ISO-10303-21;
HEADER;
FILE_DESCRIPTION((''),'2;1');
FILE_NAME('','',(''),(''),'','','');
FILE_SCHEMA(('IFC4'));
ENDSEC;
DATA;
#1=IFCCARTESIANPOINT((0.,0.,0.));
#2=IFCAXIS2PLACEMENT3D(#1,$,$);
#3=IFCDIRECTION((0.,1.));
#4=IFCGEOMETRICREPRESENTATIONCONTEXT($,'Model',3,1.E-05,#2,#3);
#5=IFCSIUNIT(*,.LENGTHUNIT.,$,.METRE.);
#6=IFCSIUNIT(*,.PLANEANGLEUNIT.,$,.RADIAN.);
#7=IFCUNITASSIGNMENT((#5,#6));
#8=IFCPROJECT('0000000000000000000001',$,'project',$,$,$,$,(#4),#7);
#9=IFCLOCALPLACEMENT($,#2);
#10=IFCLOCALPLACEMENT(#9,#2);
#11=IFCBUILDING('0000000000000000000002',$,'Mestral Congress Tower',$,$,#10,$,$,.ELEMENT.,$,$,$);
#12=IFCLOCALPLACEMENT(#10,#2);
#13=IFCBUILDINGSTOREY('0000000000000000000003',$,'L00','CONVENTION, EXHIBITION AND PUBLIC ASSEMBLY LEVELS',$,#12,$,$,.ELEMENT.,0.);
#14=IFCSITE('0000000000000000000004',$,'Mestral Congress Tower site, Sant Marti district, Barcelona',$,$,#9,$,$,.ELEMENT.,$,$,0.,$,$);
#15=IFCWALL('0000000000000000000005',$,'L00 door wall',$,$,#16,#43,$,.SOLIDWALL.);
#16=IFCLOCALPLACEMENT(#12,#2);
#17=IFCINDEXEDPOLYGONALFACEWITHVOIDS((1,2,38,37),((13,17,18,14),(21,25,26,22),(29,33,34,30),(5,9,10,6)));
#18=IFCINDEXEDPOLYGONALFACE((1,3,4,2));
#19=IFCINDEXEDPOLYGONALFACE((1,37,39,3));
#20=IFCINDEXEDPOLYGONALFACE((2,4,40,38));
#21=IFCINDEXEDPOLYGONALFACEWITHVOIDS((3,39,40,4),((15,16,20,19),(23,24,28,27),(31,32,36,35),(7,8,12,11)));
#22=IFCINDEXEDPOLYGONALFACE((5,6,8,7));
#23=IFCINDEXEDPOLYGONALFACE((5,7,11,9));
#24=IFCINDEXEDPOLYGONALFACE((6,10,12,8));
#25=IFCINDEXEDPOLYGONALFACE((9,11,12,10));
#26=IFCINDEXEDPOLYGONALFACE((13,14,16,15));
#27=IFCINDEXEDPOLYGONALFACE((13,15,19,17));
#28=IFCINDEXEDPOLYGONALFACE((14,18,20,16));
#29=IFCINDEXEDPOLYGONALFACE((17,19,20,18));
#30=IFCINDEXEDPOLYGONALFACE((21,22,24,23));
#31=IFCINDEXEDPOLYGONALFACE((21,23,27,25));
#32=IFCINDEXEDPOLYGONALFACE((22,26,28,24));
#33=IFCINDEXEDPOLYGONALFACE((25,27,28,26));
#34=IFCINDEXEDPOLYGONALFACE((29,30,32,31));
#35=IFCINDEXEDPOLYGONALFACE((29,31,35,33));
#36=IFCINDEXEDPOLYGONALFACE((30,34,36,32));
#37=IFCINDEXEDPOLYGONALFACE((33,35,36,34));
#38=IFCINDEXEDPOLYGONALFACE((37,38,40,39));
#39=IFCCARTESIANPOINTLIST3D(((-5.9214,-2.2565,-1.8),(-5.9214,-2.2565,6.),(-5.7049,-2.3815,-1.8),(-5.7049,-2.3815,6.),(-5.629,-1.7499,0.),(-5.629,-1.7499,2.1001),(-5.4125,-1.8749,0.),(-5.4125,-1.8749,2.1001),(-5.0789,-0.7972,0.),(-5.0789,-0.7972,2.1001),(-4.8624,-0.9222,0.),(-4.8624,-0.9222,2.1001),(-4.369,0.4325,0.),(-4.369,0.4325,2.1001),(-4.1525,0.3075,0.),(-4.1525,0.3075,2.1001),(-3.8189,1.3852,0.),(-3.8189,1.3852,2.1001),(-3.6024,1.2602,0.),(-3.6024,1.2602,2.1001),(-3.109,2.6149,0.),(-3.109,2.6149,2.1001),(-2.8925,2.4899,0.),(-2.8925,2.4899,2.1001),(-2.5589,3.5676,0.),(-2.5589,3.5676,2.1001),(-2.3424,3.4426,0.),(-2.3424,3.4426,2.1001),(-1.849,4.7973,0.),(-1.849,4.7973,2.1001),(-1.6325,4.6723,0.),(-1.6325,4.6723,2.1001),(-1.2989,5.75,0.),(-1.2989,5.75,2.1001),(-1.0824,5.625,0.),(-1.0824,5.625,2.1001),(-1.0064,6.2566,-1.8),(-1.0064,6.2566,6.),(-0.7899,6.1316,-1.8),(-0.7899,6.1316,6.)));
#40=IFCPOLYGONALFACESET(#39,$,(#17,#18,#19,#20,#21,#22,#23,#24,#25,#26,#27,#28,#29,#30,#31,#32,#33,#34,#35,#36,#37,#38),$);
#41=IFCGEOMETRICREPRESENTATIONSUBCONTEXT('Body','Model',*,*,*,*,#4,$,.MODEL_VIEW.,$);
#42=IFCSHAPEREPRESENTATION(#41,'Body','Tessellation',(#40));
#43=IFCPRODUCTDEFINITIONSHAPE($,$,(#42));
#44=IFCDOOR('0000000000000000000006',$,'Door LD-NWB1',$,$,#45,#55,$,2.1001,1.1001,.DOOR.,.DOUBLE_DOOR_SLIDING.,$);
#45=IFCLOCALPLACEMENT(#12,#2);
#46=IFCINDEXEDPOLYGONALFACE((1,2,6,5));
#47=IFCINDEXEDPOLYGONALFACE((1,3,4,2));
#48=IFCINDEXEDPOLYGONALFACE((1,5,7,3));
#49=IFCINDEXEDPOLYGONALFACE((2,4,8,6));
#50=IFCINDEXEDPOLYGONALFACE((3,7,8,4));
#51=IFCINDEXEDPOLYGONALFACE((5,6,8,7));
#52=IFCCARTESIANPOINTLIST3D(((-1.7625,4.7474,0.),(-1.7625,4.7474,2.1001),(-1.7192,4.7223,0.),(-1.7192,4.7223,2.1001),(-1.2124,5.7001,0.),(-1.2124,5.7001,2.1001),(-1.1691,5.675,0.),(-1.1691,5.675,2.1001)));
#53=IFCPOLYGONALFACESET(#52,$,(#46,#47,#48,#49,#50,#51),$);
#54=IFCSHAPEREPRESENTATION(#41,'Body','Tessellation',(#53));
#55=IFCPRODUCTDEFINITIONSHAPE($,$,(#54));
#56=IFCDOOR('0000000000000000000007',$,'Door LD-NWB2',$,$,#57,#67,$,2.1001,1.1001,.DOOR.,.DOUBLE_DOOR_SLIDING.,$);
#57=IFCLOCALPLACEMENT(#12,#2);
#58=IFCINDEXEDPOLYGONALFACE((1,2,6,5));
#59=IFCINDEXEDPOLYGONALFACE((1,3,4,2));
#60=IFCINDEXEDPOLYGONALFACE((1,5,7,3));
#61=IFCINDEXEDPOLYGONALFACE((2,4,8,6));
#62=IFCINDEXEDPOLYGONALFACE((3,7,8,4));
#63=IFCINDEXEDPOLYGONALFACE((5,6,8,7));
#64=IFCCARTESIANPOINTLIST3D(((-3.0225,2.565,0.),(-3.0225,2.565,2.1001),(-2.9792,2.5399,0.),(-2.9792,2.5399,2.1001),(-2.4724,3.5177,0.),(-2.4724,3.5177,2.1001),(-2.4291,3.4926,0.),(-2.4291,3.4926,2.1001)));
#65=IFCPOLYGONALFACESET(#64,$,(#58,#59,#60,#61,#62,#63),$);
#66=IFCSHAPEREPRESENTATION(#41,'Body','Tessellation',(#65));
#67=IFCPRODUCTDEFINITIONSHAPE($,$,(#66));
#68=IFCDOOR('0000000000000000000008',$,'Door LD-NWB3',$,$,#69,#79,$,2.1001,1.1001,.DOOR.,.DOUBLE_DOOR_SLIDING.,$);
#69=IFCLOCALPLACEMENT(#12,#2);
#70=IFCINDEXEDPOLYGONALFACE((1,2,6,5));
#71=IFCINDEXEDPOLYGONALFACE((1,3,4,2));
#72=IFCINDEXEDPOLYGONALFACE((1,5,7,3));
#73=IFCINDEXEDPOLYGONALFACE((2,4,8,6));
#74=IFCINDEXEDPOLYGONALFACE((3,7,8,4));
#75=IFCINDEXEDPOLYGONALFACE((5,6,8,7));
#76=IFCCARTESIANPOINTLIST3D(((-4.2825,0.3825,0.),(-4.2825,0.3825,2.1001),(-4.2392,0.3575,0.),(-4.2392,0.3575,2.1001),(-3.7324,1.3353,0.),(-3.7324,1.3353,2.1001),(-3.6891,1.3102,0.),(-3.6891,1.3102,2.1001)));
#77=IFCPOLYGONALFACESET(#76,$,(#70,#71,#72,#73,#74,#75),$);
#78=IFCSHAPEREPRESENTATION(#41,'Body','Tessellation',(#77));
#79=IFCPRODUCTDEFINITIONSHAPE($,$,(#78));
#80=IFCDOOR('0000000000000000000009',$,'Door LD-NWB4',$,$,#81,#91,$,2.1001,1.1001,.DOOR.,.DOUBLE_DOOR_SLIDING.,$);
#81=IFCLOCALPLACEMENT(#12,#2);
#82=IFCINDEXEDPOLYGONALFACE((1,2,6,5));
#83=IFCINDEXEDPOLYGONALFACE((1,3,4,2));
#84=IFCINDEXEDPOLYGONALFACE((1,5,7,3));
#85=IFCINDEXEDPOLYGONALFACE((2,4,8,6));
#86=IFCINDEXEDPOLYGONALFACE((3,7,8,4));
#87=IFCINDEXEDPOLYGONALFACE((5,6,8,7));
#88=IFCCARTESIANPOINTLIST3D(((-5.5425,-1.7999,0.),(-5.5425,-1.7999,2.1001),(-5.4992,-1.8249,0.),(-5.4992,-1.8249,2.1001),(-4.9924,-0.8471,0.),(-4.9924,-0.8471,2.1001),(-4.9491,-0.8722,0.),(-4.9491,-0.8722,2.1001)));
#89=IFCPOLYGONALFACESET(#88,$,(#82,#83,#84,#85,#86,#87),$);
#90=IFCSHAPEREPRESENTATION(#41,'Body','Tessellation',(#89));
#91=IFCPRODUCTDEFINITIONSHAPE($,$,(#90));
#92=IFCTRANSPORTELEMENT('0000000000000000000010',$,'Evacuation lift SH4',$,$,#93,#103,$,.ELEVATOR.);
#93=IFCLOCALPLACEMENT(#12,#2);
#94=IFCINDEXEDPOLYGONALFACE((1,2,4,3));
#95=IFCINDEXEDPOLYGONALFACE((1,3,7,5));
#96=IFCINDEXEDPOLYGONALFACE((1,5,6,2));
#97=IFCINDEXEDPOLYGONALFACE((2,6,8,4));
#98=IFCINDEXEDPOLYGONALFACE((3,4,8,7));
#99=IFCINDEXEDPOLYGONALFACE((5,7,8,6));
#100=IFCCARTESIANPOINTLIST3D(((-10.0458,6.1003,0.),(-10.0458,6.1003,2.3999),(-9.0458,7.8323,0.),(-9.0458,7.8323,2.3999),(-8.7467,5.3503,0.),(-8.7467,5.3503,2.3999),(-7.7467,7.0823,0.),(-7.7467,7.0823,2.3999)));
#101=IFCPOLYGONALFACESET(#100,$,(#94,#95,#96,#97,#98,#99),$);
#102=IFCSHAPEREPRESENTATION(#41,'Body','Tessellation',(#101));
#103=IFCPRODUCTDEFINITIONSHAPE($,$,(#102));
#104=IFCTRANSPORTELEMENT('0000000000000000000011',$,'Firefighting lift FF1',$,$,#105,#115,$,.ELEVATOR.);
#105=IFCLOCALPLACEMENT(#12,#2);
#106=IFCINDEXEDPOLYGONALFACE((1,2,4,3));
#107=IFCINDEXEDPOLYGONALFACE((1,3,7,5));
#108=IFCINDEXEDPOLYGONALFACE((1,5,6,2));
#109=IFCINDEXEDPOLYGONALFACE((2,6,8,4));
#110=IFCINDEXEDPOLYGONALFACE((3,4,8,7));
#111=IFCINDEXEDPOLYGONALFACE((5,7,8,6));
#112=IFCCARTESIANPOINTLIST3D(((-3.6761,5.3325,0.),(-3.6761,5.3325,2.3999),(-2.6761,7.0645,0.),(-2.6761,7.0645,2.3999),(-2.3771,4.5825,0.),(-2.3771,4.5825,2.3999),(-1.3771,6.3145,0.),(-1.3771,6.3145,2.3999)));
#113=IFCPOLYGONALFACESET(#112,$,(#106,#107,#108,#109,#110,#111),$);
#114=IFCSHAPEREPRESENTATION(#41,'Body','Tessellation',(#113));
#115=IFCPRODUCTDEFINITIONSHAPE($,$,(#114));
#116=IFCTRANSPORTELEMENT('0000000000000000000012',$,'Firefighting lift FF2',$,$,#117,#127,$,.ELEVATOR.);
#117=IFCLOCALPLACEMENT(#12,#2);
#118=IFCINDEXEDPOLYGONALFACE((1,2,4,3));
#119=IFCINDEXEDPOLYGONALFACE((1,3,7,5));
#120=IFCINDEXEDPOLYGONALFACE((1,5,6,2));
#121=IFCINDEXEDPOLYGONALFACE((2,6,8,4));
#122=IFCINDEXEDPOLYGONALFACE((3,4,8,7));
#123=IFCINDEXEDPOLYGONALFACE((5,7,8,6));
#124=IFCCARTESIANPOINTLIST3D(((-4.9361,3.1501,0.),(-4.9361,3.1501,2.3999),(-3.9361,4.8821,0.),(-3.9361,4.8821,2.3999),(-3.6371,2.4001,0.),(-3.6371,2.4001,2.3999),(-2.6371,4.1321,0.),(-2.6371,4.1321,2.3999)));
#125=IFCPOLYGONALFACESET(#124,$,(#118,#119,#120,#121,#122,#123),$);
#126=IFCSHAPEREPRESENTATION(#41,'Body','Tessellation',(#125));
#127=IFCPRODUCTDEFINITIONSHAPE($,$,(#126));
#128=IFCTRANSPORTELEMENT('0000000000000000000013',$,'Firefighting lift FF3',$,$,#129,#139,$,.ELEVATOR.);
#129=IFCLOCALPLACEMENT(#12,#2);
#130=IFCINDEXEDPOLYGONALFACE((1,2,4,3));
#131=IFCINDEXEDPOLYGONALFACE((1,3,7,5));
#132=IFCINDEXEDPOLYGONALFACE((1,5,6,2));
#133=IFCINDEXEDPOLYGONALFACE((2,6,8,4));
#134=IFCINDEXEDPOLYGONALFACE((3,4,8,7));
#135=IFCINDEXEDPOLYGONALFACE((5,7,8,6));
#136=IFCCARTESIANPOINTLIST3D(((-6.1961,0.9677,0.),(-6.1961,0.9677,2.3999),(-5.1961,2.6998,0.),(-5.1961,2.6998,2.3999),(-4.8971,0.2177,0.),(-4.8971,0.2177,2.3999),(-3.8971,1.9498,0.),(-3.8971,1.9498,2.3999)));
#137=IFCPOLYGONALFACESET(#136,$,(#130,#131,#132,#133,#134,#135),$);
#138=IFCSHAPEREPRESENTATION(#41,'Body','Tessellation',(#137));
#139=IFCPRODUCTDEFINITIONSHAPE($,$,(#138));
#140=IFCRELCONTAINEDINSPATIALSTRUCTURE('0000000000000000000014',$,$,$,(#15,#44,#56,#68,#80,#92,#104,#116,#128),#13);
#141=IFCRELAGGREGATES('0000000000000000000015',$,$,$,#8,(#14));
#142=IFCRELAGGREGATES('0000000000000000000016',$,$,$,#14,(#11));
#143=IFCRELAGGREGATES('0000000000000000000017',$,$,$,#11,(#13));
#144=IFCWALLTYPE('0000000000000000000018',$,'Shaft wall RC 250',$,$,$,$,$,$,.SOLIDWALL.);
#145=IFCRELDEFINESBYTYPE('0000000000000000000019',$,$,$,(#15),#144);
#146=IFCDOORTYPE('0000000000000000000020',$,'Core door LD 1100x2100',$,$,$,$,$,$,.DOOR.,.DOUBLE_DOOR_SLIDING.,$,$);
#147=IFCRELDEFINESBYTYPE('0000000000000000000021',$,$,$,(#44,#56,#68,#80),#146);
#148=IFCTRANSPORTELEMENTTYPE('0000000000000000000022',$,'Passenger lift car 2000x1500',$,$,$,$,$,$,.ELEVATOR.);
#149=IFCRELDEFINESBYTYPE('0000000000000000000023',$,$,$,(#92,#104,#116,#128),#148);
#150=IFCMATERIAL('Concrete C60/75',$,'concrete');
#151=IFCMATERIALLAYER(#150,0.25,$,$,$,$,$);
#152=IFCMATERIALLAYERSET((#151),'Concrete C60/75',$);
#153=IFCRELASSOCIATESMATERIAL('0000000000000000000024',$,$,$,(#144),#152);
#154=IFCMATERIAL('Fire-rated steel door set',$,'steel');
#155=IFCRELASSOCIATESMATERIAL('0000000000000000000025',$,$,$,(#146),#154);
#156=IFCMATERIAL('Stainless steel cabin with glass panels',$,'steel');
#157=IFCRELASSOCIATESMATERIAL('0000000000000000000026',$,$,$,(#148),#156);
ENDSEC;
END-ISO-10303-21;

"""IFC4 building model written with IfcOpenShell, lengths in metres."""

from ifc_helpers import new_model, si_unit, direction, frame, frame_2d, origin, origin_2d, place, context, subcontext, project, spatial, rectangle, extrude, material, layer, layer_set, type_object, element, fill, save


model = new_model("IFC4")

# Units and contexts
model_context = context("Model", 3, precision=1e-05, world=origin(), true_north=direction((0.0, 1.0)))
body_context = subcontext(model_context, "Body", "Model", "MODEL_VIEW")
ifc_project = project(units=[si_unit("LENGTHUNIT", "METRE"), si_unit("PLANEANGLEUNIT", "RADIAN")], contexts=[model_context])

# Site, building, storey
site_placement = place(None, origin())
site = spatial("IfcSite", under=ifc_project, at=site_placement, Name="Mestral Congress Tower site, Sant Marti district, Barcelona", CompositionType="ELEMENT", RefElevation=0.0)
building_placement = place(site_placement, origin())
building = spatial("IfcBuilding", under=site, at=building_placement, Name="Mestral Congress Tower", CompositionType="ELEMENT")
storey_placement = place(building_placement, origin())
storey = spatial("IfcBuildingStorey", under=building, at=storey_placement, Name="L00", Description="CONVENTION, EXHIBITION AND PUBLIC ASSEMBLY LEVELS", CompositionType="ELEMENT", Elevation=0.0)

# Shared definitions
ifc_material_1 = material(Name="Fire-rated steel door set", Category="steel")

# Shared definitions
ifc_material_2 = material(Name="Concrete C60/75", Category="concrete")
ifc_layer_1 = layer(ifc_material_2, 0.25)
ifc_layer_set_1 = layer_set([ifc_layer_1], Name="Concrete C60/75")
wall_type_1 = type_object("IfcWallType", Name="Shaft wall RC 250", PredefinedType="SOLIDWALL", material=ifc_layer_set_1)

# Wall, openings, doors
wall_1_placement = place(storey_placement, frame((-0.8982, 6.1941, -1.8), z_axis=(0.0, 0.0, 1.0), x_axis=(-0.499996, -0.866028, 0.0)))
wall_1 = element("IfcWall", 1, at=wall_1_placement, inside=storey, type_object=wall_type_1, Name="L00 door wall", PredefinedType="SOLIDWALL", context=body_context, shape_type="SweptSolid", body=[
    extrude(rectangle(XDim=9.8301, YDim=0.25, at=frame_2d((4.915, 0.0))), origin(), (0.0, 0.0, 1.0), 7.8),
])
opening_1_placement = place(wall_1_placement, frame((0.585, 0.0, 1.8)))
opening_1 = element("IfcOpeningElement", 2, at=opening_1_placement, cuts=wall_1, PredefinedType="OPENING", context=body_context, shape_type="SweptSolid", body=[
    extrude(rectangle(XDim=1.1001, YDim=2.1001, at=frame_2d((0.55, 1.05))), frame((0.0, 0.135, 0.0), z_axis=(0.0, -1.0, 0.0), x_axis=(1.0, 0.0, 0.0)), (0.0, 0.0, 1.0), 0.27),
])
opening_2_placement = place(wall_1_placement, frame((3.105, 0.0, 1.8)))
opening_2 = element("IfcOpeningElement", 3, at=opening_2_placement, cuts=wall_1, PredefinedType="OPENING", context=body_context, shape_type="SweptSolid", body=[
    extrude(rectangle(XDim=1.1001, YDim=2.1001, at=frame_2d((0.55, 1.05))), frame((0.0, 0.135, 0.0), z_axis=(0.0, -1.0, 0.0), x_axis=(1.0, 0.0, 0.0)), (0.0, 0.0, 1.0), 0.27),
])
opening_3_placement = place(wall_1_placement, frame((5.625, 0.0, 1.8)))
opening_3 = element("IfcOpeningElement", 4, at=opening_3_placement, cuts=wall_1, PredefinedType="OPENING", context=body_context, shape_type="SweptSolid", body=[
    extrude(rectangle(XDim=1.1001, YDim=2.1001, at=frame_2d((0.55, 1.05))), frame((0.0, 0.135, 0.0), z_axis=(0.0, -1.0, 0.0), x_axis=(1.0, 0.0, 0.0)), (0.0, 0.0, 1.0), 0.27),
])
opening_4_placement = place(wall_1_placement, frame((8.145, 0.0, 1.8)))
opening_4 = element("IfcOpeningElement", 5, at=opening_4_placement, cuts=wall_1, PredefinedType="OPENING", context=body_context, shape_type="SweptSolid", body=[
    extrude(rectangle(XDim=1.1001, YDim=2.1001, at=frame_2d((0.55, 1.05))), frame((0.0, 0.135, 0.0), z_axis=(0.0, -1.0, 0.0), x_axis=(1.0, 0.0, 0.0)), (0.0, 0.0, 1.0), 0.27),
])
door_type_1 = type_object("IfcDoorType", Name="Core door LD 1100x2100", OperationType="DOUBLE_DOOR_SLIDING", PredefinedType="DOOR", material=ifc_material_1)
door_1_placement = place(opening_1_placement, origin())
door_1 = element("IfcDoor", 6, at=door_1_placement, inside=storey, type_object=door_type_1, Name="Door LD-NWB1", OperationType="DOUBLE_DOOR_SLIDING", OverallHeight=2.1001, OverallWidth=1.1001, PredefinedType="DOOR", context=body_context, shape_type="SweptSolid", body=[
    extrude(rectangle(XDim=1.1001, YDim=2.1001, at=frame_2d((0.55, 1.05))), frame((0.0, 0.0249, 0.0), z_axis=(0.0, -1.0, 0.0), x_axis=(1.0, 0.0, 0.0)), (0.0, 0.0, 1.0), 0.05),
])
fill(opening_1, door_1)
door_2_placement = place(opening_2_placement, origin())
door_2 = element("IfcDoor", 7, at=door_2_placement, inside=storey, type_object=door_type_1, Name="Door LD-NWB2", OperationType="DOUBLE_DOOR_SLIDING", OverallHeight=2.1001, OverallWidth=1.1001, PredefinedType="DOOR", context=body_context, shape_type="SweptSolid", body=[
    extrude(rectangle(XDim=1.1001, YDim=2.1001, at=frame_2d((0.55, 1.05))), frame((0.0, 0.0249, 0.0), z_axis=(0.0, -1.0, 0.0), x_axis=(1.0, 0.0, 0.0)), (0.0, 0.0, 1.0), 0.05),
])
fill(opening_2, door_2)
door_3_placement = place(opening_3_placement, origin())
door_3 = element("IfcDoor", 8, at=door_3_placement, inside=storey, type_object=door_type_1, Name="Door LD-NWB3", OperationType="DOUBLE_DOOR_SLIDING", OverallHeight=2.1001, OverallWidth=1.1001, PredefinedType="DOOR", context=body_context, shape_type="SweptSolid", body=[
    extrude(rectangle(XDim=1.1001, YDim=2.1001, at=frame_2d((0.55, 1.05))), frame((0.0, 0.0249, 0.0), z_axis=(0.0, -1.0, 0.0), x_axis=(1.0, 0.0, 0.0)), (0.0, 0.0, 1.0), 0.05),
])
fill(opening_3, door_3)
door_4_placement = place(opening_4_placement, origin())
door_4 = element("IfcDoor", 9, at=door_4_placement, inside=storey, type_object=door_type_1, Name="Door LD-NWB4", OperationType="DOUBLE_DOOR_SLIDING", OverallHeight=2.1001, OverallWidth=1.1001, PredefinedType="DOOR", context=body_context, shape_type="SweptSolid", body=[
    extrude(rectangle(XDim=1.1001, YDim=2.1001, at=frame_2d((0.55, 1.05))), frame((0.0, 0.0249, 0.0), z_axis=(0.0, -1.0, 0.0), x_axis=(1.0, 0.0, 0.0)), (0.0, 0.0, 1.0), 0.05),
])
fill(opening_4, door_4)

# Transport elements
ifc_material_3 = material(Name="Stainless steel cabin with glass panels", Category="steel")
transport_element_type = type_object("IfcTransportElementType", Name="Passenger lift car 2000x1500", PredefinedType="ELEVATOR", material=ifc_material_3)
for number, where, z_axis, x_axis, name in (
    (10, (-8.8962, 6.5913, 0.0), (0.0, 0.0, 1.0), (-0.866025, 0.5, 0.0), "Evacuation lift SH4"),
    (11, (-2.5266, 5.8235, 0.0), (0.0, 0.0, 1.0), (-0.866025, 0.5, 0.0), "Firefighting lift FF1"),
    (12, (-3.7866, 3.6411, 0.0), (0.0, 0.0, 1.0), (-0.866025, 0.5, 0.0), "Firefighting lift FF2"),
    (13, (-5.0466, 1.4587, 0.0), (0.0, 0.0, 1.0), (-0.866025, 0.5, 0.0), "Firefighting lift FF3"),
):
    element("IfcTransportElement", number, at=place(storey_placement, frame(where, z_axis=z_axis, x_axis=x_axis)), inside=storey, type_object=transport_element_type, Name=name, PredefinedType="ELEVATOR", context=body_context, shape_type="SweptSolid", body=[
        extrude(rectangle(XDim=1.5, YDim=2.0, at=origin_2d()), origin(), (0.0, 0.0, 1.0), 2.3999),
    ])

save(model, "model.ifc")
